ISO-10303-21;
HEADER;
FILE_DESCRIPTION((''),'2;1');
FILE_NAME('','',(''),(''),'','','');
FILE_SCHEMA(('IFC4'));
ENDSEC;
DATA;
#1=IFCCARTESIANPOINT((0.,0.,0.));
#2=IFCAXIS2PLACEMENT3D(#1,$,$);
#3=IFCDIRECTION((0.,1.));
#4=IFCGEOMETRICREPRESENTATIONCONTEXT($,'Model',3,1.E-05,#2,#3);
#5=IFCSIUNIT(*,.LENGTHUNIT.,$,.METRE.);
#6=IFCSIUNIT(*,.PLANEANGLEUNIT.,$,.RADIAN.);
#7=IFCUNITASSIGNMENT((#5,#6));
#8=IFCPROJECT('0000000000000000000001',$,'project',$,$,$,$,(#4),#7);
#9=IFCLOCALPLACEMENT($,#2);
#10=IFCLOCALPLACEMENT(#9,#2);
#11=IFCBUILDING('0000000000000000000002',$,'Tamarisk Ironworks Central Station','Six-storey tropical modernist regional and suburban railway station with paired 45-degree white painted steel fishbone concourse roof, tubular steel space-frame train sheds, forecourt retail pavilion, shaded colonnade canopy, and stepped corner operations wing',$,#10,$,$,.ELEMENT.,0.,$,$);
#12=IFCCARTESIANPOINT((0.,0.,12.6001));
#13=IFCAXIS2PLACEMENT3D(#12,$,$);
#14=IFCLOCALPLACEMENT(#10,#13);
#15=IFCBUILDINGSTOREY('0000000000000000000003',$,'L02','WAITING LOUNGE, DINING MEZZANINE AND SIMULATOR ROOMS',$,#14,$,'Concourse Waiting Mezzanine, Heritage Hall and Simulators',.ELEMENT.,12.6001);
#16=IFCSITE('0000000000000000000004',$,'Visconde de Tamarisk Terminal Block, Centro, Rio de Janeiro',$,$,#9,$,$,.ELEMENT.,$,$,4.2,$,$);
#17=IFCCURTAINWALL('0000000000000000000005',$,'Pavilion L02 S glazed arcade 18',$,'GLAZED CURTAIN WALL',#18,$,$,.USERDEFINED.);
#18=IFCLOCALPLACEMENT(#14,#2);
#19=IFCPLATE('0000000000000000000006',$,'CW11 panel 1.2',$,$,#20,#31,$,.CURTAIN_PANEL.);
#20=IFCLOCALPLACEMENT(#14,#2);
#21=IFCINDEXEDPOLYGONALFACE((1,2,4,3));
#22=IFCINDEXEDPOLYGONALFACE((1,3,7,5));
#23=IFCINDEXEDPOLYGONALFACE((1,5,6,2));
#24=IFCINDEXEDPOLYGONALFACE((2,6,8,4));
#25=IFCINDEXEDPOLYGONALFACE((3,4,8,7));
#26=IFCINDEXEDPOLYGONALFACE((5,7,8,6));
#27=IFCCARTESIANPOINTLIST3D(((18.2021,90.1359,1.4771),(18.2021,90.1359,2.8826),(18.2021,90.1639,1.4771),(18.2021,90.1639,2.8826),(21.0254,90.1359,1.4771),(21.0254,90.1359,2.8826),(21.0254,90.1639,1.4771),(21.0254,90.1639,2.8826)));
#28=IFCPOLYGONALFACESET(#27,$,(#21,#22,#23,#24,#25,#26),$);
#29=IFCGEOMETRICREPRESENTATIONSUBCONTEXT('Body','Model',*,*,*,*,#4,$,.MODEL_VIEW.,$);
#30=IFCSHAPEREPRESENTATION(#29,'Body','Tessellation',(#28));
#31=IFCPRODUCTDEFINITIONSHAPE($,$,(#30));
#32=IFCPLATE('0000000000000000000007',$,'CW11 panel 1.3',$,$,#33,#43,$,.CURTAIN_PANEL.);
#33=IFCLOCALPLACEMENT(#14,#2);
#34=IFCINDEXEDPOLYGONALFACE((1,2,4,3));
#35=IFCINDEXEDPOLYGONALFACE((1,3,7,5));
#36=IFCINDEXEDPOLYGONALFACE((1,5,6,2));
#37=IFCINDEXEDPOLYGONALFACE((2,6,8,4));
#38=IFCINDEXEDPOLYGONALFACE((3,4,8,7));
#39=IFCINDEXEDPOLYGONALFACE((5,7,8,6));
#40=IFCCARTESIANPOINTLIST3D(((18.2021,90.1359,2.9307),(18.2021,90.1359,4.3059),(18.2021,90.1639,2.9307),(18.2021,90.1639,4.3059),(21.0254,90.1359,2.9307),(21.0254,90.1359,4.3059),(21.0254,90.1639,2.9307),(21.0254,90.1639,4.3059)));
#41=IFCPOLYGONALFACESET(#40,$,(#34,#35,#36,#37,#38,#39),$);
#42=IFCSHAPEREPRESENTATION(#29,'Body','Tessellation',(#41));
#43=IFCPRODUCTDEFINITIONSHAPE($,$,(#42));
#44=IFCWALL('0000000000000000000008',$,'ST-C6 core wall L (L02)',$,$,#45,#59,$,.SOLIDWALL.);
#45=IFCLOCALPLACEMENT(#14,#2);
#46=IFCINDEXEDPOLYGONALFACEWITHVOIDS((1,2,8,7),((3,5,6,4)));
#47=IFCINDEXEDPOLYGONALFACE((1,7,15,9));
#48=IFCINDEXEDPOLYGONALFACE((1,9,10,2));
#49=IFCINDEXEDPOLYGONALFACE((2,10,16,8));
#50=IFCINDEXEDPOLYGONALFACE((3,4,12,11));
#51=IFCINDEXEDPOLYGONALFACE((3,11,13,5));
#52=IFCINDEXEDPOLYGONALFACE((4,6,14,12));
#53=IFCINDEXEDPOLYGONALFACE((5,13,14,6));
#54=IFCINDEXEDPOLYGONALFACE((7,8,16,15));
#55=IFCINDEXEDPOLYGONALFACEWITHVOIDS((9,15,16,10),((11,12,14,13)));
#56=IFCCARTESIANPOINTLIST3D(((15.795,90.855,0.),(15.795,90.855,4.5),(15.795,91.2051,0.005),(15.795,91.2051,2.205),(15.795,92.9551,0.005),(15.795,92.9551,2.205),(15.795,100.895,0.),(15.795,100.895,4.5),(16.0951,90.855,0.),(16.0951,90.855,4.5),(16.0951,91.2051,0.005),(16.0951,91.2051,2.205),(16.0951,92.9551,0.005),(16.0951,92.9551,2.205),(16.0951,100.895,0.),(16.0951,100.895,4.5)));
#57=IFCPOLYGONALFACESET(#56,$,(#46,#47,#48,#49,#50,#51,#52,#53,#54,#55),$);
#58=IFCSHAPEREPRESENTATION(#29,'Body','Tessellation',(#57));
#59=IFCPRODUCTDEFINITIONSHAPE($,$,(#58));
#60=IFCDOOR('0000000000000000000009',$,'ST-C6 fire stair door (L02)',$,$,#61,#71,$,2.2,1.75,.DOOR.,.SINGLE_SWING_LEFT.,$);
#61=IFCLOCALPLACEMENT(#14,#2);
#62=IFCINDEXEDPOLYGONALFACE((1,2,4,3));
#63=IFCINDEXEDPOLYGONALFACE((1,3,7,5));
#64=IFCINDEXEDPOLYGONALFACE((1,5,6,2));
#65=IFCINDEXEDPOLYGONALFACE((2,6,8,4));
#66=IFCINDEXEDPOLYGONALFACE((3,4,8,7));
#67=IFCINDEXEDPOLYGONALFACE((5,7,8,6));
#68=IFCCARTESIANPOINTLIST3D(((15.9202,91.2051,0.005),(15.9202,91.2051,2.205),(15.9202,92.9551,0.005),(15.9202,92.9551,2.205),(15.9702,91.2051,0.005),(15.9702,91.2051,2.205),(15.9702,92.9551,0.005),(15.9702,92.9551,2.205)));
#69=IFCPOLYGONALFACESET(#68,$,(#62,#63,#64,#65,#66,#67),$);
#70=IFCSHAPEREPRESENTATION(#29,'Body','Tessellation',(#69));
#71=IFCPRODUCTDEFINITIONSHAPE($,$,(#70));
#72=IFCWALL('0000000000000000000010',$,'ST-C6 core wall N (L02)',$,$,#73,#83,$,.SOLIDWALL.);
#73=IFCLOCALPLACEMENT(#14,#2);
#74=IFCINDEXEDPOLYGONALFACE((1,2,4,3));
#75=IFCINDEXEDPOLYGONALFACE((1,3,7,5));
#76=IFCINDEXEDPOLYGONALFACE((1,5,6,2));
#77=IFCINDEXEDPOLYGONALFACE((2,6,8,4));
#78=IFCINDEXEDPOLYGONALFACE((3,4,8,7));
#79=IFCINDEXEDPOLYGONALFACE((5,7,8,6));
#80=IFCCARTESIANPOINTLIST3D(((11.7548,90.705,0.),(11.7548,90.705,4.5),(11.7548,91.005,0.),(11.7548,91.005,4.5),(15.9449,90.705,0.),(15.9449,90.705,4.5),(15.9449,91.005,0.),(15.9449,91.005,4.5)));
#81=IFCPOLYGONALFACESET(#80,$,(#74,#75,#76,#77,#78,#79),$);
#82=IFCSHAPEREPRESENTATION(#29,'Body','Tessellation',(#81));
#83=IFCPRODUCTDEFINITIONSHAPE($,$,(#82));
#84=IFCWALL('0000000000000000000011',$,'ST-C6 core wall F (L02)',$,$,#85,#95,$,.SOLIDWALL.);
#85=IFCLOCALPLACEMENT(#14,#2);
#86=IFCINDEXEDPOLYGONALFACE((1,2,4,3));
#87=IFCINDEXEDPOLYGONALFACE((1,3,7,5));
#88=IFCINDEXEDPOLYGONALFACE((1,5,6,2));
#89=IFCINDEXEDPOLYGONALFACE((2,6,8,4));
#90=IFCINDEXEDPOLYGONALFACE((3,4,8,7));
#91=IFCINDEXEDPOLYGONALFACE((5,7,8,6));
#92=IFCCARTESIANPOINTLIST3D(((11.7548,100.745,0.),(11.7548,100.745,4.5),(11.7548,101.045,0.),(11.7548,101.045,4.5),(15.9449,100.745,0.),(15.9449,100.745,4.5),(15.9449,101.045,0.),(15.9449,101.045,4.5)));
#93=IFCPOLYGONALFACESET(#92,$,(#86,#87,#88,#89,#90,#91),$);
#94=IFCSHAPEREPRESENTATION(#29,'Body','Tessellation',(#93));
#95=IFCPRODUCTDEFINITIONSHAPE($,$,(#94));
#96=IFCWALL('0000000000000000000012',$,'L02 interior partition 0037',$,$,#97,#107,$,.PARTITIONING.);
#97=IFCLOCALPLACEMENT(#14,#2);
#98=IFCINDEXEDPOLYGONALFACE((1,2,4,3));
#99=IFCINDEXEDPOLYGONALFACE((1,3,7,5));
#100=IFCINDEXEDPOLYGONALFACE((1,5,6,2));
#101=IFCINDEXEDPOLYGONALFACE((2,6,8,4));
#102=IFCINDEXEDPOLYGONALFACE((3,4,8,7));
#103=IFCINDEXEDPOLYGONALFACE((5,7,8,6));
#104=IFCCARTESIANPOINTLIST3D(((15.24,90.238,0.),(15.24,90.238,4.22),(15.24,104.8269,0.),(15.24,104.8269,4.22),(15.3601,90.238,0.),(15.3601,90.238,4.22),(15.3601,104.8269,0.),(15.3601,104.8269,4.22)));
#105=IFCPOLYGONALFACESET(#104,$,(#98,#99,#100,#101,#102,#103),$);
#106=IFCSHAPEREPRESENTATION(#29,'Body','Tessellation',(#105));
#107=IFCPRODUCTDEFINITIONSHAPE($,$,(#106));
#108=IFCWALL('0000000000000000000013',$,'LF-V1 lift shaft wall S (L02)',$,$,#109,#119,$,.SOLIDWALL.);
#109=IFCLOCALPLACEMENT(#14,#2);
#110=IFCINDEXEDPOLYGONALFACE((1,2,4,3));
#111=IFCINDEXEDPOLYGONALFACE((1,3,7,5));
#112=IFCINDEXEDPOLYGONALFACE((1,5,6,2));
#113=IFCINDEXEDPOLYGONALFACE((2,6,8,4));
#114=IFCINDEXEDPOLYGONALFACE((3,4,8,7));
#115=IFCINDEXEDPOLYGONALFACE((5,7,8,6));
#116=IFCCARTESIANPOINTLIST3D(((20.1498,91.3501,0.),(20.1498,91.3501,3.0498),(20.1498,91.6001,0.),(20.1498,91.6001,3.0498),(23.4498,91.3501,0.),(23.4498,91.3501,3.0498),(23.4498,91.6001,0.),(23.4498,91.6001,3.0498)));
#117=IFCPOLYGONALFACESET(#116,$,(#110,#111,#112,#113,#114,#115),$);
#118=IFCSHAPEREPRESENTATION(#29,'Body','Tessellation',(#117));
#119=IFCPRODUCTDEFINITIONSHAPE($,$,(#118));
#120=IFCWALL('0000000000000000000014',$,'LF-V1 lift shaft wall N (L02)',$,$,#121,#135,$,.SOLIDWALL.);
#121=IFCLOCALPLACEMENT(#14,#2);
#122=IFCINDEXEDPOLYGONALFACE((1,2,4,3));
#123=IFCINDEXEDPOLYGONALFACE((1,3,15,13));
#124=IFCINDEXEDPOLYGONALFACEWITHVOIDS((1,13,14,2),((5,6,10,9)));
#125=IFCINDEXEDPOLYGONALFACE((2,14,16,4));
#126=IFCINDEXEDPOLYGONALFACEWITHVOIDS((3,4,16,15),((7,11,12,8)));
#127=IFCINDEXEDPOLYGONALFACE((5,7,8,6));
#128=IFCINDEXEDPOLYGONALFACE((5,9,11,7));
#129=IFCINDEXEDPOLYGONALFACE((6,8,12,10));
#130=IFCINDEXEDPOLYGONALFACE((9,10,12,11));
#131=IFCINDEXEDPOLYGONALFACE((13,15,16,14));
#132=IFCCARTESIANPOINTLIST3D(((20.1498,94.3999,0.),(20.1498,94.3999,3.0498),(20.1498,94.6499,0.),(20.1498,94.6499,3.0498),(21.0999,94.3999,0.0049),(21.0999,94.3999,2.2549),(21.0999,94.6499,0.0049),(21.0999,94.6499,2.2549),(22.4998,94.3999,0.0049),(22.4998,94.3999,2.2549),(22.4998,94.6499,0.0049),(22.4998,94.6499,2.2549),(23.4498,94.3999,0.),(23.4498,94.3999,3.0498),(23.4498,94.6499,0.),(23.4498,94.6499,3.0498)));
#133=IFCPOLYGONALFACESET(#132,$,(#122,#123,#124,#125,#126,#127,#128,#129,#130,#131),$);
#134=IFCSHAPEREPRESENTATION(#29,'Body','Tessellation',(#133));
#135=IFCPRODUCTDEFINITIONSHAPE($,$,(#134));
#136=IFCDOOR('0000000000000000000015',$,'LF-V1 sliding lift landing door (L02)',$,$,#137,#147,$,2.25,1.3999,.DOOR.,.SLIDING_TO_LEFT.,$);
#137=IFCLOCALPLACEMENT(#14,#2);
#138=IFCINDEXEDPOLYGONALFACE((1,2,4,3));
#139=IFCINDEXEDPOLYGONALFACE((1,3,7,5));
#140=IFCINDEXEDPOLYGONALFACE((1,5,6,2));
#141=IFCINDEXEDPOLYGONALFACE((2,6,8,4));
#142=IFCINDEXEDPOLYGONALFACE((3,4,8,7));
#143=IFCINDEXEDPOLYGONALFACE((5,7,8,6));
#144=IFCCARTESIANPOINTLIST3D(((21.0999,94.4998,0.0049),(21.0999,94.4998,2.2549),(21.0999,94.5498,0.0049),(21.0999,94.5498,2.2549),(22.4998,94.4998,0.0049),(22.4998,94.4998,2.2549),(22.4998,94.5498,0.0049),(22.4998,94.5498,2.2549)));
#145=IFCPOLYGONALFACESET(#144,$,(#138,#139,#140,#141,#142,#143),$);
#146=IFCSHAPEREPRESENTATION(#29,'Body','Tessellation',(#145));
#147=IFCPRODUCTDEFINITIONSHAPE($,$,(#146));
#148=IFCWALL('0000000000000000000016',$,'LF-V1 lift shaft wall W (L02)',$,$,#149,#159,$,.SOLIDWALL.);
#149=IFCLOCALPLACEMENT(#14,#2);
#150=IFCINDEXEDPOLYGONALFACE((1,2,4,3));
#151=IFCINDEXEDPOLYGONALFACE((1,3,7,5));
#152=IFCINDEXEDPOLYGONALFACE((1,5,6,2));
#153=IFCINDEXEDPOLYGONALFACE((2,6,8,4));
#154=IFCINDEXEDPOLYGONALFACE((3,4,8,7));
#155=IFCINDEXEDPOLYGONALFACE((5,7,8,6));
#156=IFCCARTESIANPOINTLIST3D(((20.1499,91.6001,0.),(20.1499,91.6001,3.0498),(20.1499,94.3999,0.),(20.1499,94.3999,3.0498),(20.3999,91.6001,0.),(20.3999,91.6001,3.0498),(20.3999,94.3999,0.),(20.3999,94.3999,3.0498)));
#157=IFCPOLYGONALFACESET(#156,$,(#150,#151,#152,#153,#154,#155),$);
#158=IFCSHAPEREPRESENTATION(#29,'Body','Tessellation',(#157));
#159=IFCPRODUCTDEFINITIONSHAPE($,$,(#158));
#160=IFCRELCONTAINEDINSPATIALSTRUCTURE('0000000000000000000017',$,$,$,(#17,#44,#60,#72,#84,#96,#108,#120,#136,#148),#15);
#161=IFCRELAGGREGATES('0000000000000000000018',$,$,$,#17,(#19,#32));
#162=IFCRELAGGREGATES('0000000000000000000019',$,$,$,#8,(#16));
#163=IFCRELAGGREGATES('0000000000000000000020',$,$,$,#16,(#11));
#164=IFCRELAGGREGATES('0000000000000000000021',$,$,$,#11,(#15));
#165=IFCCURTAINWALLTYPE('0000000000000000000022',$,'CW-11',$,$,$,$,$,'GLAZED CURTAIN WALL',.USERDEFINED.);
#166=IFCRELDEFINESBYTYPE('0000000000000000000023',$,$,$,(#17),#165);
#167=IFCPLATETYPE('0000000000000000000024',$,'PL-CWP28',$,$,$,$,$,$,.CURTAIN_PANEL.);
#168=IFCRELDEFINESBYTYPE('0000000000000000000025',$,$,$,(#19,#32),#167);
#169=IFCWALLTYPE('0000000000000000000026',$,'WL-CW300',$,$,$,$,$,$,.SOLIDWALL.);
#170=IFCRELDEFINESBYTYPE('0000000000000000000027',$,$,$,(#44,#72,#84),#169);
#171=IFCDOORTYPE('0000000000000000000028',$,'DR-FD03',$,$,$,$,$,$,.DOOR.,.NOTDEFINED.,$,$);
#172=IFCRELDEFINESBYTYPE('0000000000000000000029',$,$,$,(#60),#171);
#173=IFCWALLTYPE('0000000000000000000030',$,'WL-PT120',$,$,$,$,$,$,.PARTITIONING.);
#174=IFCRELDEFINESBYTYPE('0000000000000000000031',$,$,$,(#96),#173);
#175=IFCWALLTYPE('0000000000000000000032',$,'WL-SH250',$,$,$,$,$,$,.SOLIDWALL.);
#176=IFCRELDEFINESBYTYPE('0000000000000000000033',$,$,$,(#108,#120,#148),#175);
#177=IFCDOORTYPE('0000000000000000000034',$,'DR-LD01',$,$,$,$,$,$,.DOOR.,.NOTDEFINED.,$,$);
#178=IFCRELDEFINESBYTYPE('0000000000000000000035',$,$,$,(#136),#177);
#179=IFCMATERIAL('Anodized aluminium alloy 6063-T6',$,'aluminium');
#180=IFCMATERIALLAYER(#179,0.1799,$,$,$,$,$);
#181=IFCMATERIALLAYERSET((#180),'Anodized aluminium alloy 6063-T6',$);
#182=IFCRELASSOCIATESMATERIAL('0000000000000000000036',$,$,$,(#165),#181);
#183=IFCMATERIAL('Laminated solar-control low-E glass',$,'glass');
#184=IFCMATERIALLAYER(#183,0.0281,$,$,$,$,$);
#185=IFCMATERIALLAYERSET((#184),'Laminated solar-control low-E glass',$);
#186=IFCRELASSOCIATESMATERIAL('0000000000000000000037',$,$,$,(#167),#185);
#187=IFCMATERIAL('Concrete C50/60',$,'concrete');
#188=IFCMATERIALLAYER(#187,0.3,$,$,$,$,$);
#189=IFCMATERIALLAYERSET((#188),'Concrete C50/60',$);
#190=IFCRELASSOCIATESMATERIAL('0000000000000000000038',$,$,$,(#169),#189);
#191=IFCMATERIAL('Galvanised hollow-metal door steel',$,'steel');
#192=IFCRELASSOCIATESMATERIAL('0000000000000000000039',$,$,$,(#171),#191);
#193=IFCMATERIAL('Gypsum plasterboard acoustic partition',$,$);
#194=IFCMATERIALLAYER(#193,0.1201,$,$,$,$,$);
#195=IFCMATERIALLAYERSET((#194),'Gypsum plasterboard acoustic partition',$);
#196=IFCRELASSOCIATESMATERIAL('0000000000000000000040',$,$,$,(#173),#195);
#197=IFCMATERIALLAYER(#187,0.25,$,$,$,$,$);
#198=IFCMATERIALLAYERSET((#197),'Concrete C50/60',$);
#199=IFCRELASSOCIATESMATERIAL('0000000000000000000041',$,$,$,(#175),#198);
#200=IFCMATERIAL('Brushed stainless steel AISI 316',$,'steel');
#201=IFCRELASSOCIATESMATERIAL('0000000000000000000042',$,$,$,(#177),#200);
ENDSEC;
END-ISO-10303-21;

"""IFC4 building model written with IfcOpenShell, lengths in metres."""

from ifc_helpers import new_model, si_unit, direction, frame, frame_2d, origin, origin_2d, place, context, subcontext, project, spatial, rectangle, extrude, material, layer, layer_set, type_object, element, fill, aggregate, save


model = new_model("IFC4")

# Units and contexts
model_context = context("Model", 3, precision=1e-05, world=origin(), true_north=direction((0.0, 1.0)))
body_context = subcontext(model_context, "Body", "Model", "MODEL_VIEW")
ifc_project = project(units=[si_unit("LENGTHUNIT", "METRE"), si_unit("PLANEANGLEUNIT", "RADIAN")], contexts=[model_context])

# Site, building, storey
site_placement = place(None, origin())
site = spatial("IfcSite", under=ifc_project, at=site_placement, Name="Visconde de Tamarisk Terminal Block, Centro, Rio de Janeiro", CompositionType="ELEMENT", RefElevation=4.2)
building_placement = place(site_placement, origin())
building = spatial("IfcBuilding", under=site, at=building_placement, Name="Tamarisk Ironworks Central Station", Description="Six-storey tropical modernist regional and suburban railway station with paired 45-degree white painted steel fishbone concourse roof, tubular steel space-frame train sheds, forecourt retail pavilion, shaded colonnade canopy, and stepped corner operations wing", CompositionType="ELEMENT", ElevationOfRefHeight=0.0)
storey_placement = place(building_placement, frame((0.0, 0.0, 12.6001)))
storey = spatial("IfcBuildingStorey", under=building, at=storey_placement, Name="L02", Description="WAITING LOUNGE, DINING MEZZANINE AND SIMULATOR ROOMS", LongName="Concourse Waiting Mezzanine, Heritage Hall and Simulators", CompositionType="ELEMENT", Elevation=12.6001)

# Shared definitions
ifc_material_1 = material(Name="Anodized aluminium alloy 6063-T6", Category="aluminium")
ifc_layer_1 = layer(ifc_material_1, 0.1799)
ifc_layer_set_1 = layer_set([ifc_layer_1], Name="Anodized aluminium alloy 6063-T6")
curtain_wall_type = type_object("IfcCurtainWallType", Name="CW-11", ElementType="GLAZED CURTAIN WALL", PredefinedType="USERDEFINED", material=ifc_layer_set_1)

# Curtain wall
curtain_wall_1_placement = place(storey_placement, origin())
curtain_wall_1 = element("IfcCurtainWall", 1, at=curtain_wall_1_placement, inside=storey, type_object=curtain_wall_type, Name="Pavilion L02 S glazed arcade 18", ObjectType="GLAZED CURTAIN WALL", PredefinedType="USERDEFINED")

# Plates
ifc_material_2 = material(Name="Laminated solar-control low-E glass", Category="glass")
ifc_layer_2 = layer(ifc_material_2, 0.0281)
ifc_layer_set_2 = layer_set([ifc_layer_2], Name="Laminated solar-control low-E glass")
plate_type = type_object("IfcPlateType", Name="PL-CWP28", PredefinedType="CURTAIN_PANEL", material=ifc_layer_set_2)
plate_1_placement = place(storey_placement, frame((19.6138, 90.1499, 1.4771), z_axis=(0.0, 0.0, 1.0), x_axis=(1.0, 0.0, 0.0)))
plate_1 = element("IfcPlate", 2, at=plate_1_placement, type_object=plate_type, Name="CW11 panel 1.2", PredefinedType="CURTAIN_PANEL", context=body_context, shape_type="SweptSolid", body=[
    extrude(rectangle(XDim=2.8232, YDim=0.0281, at=origin_2d()), origin(), (0.0, 0.0, 1.0), 1.4055),
])
plate_2_placement = place(storey_placement, frame((19.6138, 90.1499, 2.9307), z_axis=(0.0, 0.0, 1.0), x_axis=(1.0, 0.0, 0.0)))
plate_2 = element("IfcPlate", 3, at=plate_2_placement, type_object=plate_type, Name="CW11 panel 1.3", PredefinedType="CURTAIN_PANEL", context=body_context, shape_type="SweptSolid", body=[
    extrude(rectangle(XDim=2.8232, YDim=0.0281, at=origin_2d()), origin(), (0.0, 0.0, 1.0), 1.3752),
])
aggregate(curtain_wall_1, [plate_1, plate_2])

# Wall, opening, door
ifc_material_3 = material(Name="Concrete C50/60", Category="concrete")
ifc_layer_3 = layer(ifc_material_3, 0.3)
ifc_layer_set_3 = layer_set([ifc_layer_3], Name="Concrete C50/60")
wall_type_1 = type_object("IfcWallType", Name="WL-CW300", PredefinedType="SOLIDWALL", material=ifc_layer_set_3)
wall_1_placement = place(storey_placement, frame((15.9451, 90.855, 0.0), z_axis=(0.0, 0.0, 1.0), x_axis=(0.0, 1.0, 0.0)))
wall_1 = element("IfcWall", 4, at=wall_1_placement, inside=storey, type_object=wall_type_1, Name="ST-C6 core wall L (L02)", PredefinedType="SOLIDWALL", context=body_context, shape_type="SweptSolid", body=[
    extrude(rectangle(XDim=10.04, YDim=0.3, at=frame_2d((5.02, 0.0))), origin(), (0.0, 0.0, 1.0), 4.5),
])
opening_1_placement = place(wall_1_placement, frame((0.3501, 0.0, 0.0049)))
opening_1 = element("IfcOpeningElement", 5, at=opening_1_placement, cuts=wall_1, PredefinedType="OPENING", context=body_context, shape_type="SweptSolid", body=[
    extrude(rectangle(XDim=1.75, YDim=2.2, at=frame_2d((0.875, 1.1001))), frame((0.0, 0.1621, 0.0), z_axis=(0.0, -1.0, 0.0), x_axis=(1.0, 0.0, 0.0)), (0.0, 0.0, 1.0), 0.324),
])
ifc_material_4 = material(Name="Galvanised hollow-metal door steel", Category="steel")
door_type_1 = type_object("IfcDoorType", Name="DR-FD03", OperationType="NOTDEFINED", PredefinedType="DOOR", material=ifc_material_4)
door_1_placement = place(opening_1_placement, origin())
door_1 = element("IfcDoor", 6, at=door_1_placement, inside=storey, type_object=door_type_1, Name="ST-C6 fire stair door (L02)", OperationType="SINGLE_SWING_LEFT", OverallHeight=2.2, OverallWidth=1.75, PredefinedType="DOOR", context=body_context, shape_type="SweptSolid", body=[
    extrude(rectangle(XDim=1.75, YDim=2.2, at=frame_2d((0.875, 1.1001))), frame((0.0, 0.0249, 0.0), z_axis=(0.0, -1.0, 0.0), x_axis=(1.0, 0.0, 0.0)), (0.0, 0.0, 1.0), 0.05),
])
fill(opening_1, door_1)

# Walls
for number, where, z_axis, x_axis, name in (
    (7, (15.9451, 90.855, 0.0), (0.0, 0.0, 1.0), (-1.0, 0.0, 0.0), "ST-C6 core wall N (L02)"),
    (8, (15.9451, 100.895, 0.0), (0.0, 0.0, 1.0), (-1.0, 0.0, 0.0), "ST-C6 core wall F (L02)"),
):
    element("IfcWall", number, at=place(storey_placement, frame(where, z_axis=z_axis, x_axis=x_axis)), inside=storey, type_object=wall_type_1, Name=name, PredefinedType="SOLIDWALL", context=body_context, shape_type="SweptSolid", body=[
        extrude(rectangle(XDim=4.1902, YDim=0.3, at=frame_2d((2.0952, 0.0))), origin(), (0.0, 0.0, 1.0), 4.5),
    ])
ifc_material_5 = material(Name="Gypsum plasterboard acoustic partition")
ifc_layer_4 = layer(ifc_material_5, 0.1201)
ifc_layer_set_4 = layer_set([ifc_layer_4], Name="Gypsum plasterboard acoustic partition")
wall_type_2 = type_object("IfcWallType", Name="WL-PT120", PredefinedType="PARTITIONING", material=ifc_layer_set_4)
wall_2_placement = place(storey_placement, frame((15.3, 90.238, 0.0), z_axis=(0.0, 0.0, 1.0), x_axis=(0.0, 1.0, 0.0)))
element("IfcWall", 9, at=wall_2_placement, inside=storey, type_object=wall_type_2, Name="L02 interior partition 0037", PredefinedType="PARTITIONING", context=body_context, shape_type="SweptSolid", body=[
    extrude(rectangle(XDim=14.5889, YDim=0.1201, at=frame_2d((7.2944, 0.0))), origin(), (0.0, 0.0, 1.0), 4.22),
])
ifc_layer_5 = layer(ifc_material_3, 0.25)
ifc_layer_set_5 = layer_set([ifc_layer_5], Name="Concrete C50/60")
wall_type_3 = type_object("IfcWallType", Name="WL-SH250", PredefinedType="SOLIDWALL", material=ifc_layer_set_5)
wall_3_placement = place(storey_placement, frame((20.1499, 91.4751, 0.0), z_axis=(0.0, 0.0, 1.0), x_axis=(1.0, 0.0, 0.0)))
element("IfcWall", 10, at=wall_3_placement, inside=storey, type_object=wall_type_3, Name="LF-V1 lift shaft wall S (L02)", PredefinedType="SOLIDWALL", context=body_context, shape_type="SweptSolid", body=[
    extrude(rectangle(XDim=3.3, YDim=0.25, at=frame_2d((1.6499, 0.0))), origin(), (0.0, 0.0, 1.0), 3.0498),
])

# Wall, opening, door
wall_4_placement = place(storey_placement, frame((20.1499, 94.5249, 0.0), z_axis=(0.0, 0.0, 1.0), x_axis=(1.0, 0.0, 0.0)))
wall_4 = element("IfcWall", 11, at=wall_4_placement, inside=storey, type_object=wall_type_3, Name="LF-V1 lift shaft wall N (L02)", PredefinedType="SOLIDWALL", context=body_context, shape_type="SweptSolid", body=[
    extrude(rectangle(XDim=3.3, YDim=0.25, at=frame_2d((1.6499, 0.0))), origin(), (0.0, 0.0, 1.0), 3.0498),
])
opening_2_placement = place(wall_4_placement, frame((0.95, 0.0, 0.0049)))
opening_2 = element("IfcOpeningElement", 12, at=opening_2_placement, cuts=wall_4, PredefinedType="OPENING", context=body_context, shape_type="SweptSolid", body=[
    extrude(rectangle(XDim=1.3999, YDim=2.25, at=frame_2d((0.7, 1.125))), frame((0.0, 0.137, 0.0), z_axis=(0.0, -1.0, 0.0), x_axis=(1.0, 0.0, 0.0)), (0.0, 0.0, 1.0), 0.2739),
])
ifc_material_6 = material(Name="Brushed stainless steel AISI 316", Category="steel")
door_type_2 = type_object("IfcDoorType", Name="DR-LD01", OperationType="NOTDEFINED", PredefinedType="DOOR", material=ifc_material_6)
door_2_placement = place(opening_2_placement, origin())
door_2 = element("IfcDoor", 13, at=door_2_placement, inside=storey, type_object=door_type_2, Name="LF-V1 sliding lift landing door (L02)", OperationType="SLIDING_TO_LEFT", OverallHeight=2.25, OverallWidth=1.3999, PredefinedType="DOOR", context=body_context, shape_type="SweptSolid", body=[
    extrude(rectangle(XDim=1.3999, YDim=2.25, at=frame_2d((0.7, 1.125))), frame((0.0, 0.0249, 0.0), z_axis=(0.0, -1.0, 0.0), x_axis=(1.0, 0.0, 0.0)), (0.0, 0.0, 1.0), 0.05),
])
fill(opening_2, door_2)

# Wall
wall_5_placement = place(storey_placement, frame((20.2749, 91.6001, 0.0), z_axis=(0.0, 0.0, 1.0), x_axis=(0.0, 1.0, 0.0)))
element("IfcWall", 14, at=wall_5_placement, inside=storey, type_object=wall_type_3, Name="LF-V1 lift shaft wall W (L02)", PredefinedType="SOLIDWALL", context=body_context, shape_type="SweptSolid", body=[
    extrude(rectangle(XDim=2.7998, YDim=0.25, at=frame_2d((1.3999, 0.0))), origin(), (0.0, 0.0, 1.0), 3.0498),
])

save(model, "model.ifc")
